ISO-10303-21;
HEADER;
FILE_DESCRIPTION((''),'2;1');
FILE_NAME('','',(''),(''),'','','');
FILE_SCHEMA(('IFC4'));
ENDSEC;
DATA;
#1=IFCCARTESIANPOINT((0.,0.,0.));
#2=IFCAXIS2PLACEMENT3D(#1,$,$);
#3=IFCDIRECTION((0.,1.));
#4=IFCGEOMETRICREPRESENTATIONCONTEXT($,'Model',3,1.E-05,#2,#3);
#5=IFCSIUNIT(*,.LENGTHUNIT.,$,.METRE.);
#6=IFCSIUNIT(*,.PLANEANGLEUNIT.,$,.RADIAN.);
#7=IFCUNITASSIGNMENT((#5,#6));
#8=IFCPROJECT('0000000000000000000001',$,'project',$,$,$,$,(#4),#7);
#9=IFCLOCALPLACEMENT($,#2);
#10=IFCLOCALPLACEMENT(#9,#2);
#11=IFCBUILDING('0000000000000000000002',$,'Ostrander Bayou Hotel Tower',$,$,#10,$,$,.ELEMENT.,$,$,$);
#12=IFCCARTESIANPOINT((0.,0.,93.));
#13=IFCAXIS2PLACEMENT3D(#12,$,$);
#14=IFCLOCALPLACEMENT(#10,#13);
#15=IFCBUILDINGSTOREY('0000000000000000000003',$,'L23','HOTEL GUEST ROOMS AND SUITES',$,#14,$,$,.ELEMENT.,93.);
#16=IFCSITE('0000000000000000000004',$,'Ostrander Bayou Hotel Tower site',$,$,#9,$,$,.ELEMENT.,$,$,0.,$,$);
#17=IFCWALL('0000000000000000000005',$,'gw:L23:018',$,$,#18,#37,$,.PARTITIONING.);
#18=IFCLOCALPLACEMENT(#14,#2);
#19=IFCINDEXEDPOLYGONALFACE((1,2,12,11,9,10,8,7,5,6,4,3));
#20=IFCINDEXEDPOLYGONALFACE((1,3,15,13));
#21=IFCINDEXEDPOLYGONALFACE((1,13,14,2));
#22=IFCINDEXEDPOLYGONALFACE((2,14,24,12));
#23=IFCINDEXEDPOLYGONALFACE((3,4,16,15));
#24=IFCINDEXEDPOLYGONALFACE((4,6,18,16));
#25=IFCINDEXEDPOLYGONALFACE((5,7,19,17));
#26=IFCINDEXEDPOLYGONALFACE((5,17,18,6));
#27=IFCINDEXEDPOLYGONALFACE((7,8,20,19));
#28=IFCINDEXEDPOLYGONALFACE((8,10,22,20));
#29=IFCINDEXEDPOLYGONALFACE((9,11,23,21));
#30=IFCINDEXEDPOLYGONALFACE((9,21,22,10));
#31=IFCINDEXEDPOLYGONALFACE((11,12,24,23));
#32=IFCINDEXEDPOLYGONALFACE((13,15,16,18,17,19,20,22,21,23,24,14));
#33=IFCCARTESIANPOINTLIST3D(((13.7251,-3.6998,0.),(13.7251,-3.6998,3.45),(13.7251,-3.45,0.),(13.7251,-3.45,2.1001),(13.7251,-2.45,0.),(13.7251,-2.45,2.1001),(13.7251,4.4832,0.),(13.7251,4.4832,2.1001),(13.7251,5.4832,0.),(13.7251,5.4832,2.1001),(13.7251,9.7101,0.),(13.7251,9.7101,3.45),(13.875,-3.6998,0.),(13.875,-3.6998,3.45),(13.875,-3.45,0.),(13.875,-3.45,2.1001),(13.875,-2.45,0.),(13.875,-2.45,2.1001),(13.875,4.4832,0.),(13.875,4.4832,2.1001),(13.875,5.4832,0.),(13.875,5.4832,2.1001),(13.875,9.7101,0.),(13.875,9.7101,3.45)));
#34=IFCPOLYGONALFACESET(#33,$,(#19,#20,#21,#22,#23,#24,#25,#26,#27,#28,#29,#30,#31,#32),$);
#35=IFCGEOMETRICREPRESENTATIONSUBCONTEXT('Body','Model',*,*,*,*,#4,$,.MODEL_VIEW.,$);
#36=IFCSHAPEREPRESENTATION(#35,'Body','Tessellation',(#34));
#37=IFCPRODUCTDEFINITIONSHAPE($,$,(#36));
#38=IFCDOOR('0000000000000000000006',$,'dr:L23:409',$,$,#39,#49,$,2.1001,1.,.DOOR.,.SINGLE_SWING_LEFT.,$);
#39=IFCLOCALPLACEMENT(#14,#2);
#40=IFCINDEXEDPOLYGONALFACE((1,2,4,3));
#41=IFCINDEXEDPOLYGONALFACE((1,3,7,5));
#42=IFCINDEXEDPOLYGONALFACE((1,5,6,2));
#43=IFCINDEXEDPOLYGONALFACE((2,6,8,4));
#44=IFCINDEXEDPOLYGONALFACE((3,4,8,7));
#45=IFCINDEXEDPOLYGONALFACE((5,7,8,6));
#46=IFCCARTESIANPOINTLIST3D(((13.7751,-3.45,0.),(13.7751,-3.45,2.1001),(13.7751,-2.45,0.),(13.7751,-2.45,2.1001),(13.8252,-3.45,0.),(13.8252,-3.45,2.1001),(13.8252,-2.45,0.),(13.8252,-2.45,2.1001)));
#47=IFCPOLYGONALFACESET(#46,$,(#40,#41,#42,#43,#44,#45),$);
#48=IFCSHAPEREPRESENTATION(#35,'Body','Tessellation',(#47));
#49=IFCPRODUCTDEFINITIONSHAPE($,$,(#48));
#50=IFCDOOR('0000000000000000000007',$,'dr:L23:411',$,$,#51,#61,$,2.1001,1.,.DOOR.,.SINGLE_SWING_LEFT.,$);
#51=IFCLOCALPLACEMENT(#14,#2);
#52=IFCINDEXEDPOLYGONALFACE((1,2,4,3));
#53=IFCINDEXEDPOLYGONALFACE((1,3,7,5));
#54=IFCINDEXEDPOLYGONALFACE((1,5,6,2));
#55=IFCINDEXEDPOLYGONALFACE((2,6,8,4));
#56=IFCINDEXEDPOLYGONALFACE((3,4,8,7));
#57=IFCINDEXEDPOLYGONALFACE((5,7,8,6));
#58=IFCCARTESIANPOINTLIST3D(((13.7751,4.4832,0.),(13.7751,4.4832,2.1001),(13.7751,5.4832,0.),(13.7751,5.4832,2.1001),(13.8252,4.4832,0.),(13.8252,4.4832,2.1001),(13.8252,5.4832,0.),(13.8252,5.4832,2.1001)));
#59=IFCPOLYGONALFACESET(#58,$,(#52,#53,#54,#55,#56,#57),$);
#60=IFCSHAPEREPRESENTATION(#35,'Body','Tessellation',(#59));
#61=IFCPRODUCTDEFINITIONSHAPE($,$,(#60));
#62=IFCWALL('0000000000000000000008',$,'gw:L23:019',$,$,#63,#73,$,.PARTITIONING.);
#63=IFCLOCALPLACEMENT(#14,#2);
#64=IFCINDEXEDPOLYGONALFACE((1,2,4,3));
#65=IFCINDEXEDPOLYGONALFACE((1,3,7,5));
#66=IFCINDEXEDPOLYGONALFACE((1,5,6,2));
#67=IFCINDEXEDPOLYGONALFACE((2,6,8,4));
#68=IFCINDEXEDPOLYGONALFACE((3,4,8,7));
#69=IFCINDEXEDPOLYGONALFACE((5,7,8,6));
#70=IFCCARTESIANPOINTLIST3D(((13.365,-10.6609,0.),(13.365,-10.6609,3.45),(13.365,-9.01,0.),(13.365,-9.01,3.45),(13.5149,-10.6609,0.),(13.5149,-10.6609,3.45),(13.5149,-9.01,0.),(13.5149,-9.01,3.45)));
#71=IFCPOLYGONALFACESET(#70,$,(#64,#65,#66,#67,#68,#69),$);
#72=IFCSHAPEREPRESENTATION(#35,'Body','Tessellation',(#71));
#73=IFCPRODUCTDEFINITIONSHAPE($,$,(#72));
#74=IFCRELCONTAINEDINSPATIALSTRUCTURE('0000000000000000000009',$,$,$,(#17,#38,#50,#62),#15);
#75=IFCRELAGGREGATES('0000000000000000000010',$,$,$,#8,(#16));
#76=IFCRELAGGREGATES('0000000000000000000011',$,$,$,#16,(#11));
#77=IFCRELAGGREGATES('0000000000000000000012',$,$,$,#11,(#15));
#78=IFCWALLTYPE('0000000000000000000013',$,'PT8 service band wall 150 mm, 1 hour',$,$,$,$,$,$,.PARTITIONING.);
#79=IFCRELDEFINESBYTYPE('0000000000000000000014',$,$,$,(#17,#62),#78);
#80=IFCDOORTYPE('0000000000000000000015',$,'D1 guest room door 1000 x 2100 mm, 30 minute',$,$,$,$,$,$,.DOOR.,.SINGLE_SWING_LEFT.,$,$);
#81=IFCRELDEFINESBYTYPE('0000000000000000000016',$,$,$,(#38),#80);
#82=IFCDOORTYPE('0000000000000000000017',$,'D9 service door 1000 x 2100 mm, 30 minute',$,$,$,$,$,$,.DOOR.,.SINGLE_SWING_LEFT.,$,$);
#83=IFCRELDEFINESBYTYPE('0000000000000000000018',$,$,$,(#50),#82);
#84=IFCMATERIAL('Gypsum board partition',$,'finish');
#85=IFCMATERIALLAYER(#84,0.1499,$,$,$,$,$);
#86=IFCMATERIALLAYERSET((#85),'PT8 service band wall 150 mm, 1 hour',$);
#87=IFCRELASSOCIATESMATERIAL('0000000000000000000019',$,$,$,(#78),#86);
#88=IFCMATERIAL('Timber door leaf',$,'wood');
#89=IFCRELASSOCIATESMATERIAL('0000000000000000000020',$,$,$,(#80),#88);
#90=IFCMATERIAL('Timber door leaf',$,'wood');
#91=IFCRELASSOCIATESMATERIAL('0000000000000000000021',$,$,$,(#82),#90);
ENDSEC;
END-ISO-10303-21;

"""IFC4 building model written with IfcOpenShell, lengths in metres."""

from ifc_helpers import new_model, si_unit, direction, frame, frame_2d, origin, place, context, subcontext, project, spatial, rectangle, extrude, material, layer, layer_set, type_object, element, fill, save


model = new_model("IFC4")

# Units and contexts
model_context = context("Model", 3, precision=1e-05, world=origin(), true_north=direction((0.0, 1.0)))
body_context = subcontext(model_context, "Body", "Model", "MODEL_VIEW")
ifc_project = project(units=[si_unit("LENGTHUNIT", "METRE"), si_unit("PLANEANGLEUNIT", "RADIAN")], contexts=[model_context])

# Site, building, storey
site_placement = place(None, origin())
site = spatial("IfcSite", under=ifc_project, at=site_placement, Name="Ostrander Bayou Hotel Tower site", CompositionType="ELEMENT", RefElevation=0.0)
building_placement = place(site_placement, origin())
building = spatial("IfcBuilding", under=site, at=building_placement, Name="Ostrander Bayou Hotel Tower", CompositionType="ELEMENT")
storey_placement = place(building_placement, frame((0.0, 0.0, 93.0)))
storey = spatial("IfcBuildingStorey", under=building, at=storey_placement, Name="L23", Description="HOTEL GUEST ROOMS AND SUITES", CompositionType="ELEMENT", Elevation=93.0)

# Shared definitions
ifc_material_1 = material(Name="Gypsum board partition", Category="finish")
ifc_layer_1 = layer(ifc_material_1, 0.1499)
ifc_layer_set_1 = layer_set([ifc_layer_1], Name="PT8 service band wall 150 mm, 1 hour")
wall_type_1 = type_object("IfcWallType", Name="PT8 service band wall 150 mm, 1 hour", PredefinedType="PARTITIONING", material=ifc_layer_set_1)

# Wall, openings, doors
wall_1_placement = place(storey_placement, frame((13.8, -3.7, 0.0), z_axis=(0.0, 0.0, 1.0), x_axis=(0.0, 1.0, 0.0)))
wall_1 = element("IfcWall", 1, at=wall_1_placement, inside=storey, type_object=wall_type_1, Name="gw:L23:018", PredefinedType="PARTITIONING", context=body_context, shape_type="SweptSolid", body=[
    extrude(rectangle(XDim=13.4099, YDim=0.1499, at=frame_2d((6.7051, 0.0))), origin(), (0.0, 0.0, 1.0), 3.45),
])
opening_1_placement = place(wall_1_placement, frame((0.25, 0.0, 0.0)))
opening_1 = element("IfcOpeningElement", 2, at=opening_1_placement, cuts=wall_1, PredefinedType="OPENING", context=body_context, shape_type="SweptSolid", body=[
    extrude(rectangle(XDim=1.0, YDim=2.1001, at=frame_2d((0.5, 1.05))), frame((0.0, 0.075, 0.0), z_axis=(0.0, -1.0, 0.0), x_axis=(1.0, 0.0, 0.0)), (0.0, 0.0, 1.0), 0.1499),
])
opening_2_placement = place(wall_1_placement, frame((8.1831, 0.0, 0.0)))
opening_2 = element("IfcOpeningElement", 3, at=opening_2_placement, cuts=wall_1, PredefinedType="OPENING", context=body_context, shape_type="SweptSolid", body=[
    extrude(rectangle(XDim=1.0, YDim=2.1001, at=frame_2d((0.5, 1.05))), frame((0.0, 0.075, 0.0), z_axis=(0.0, -1.0, 0.0), x_axis=(1.0, 0.0, 0.0)), (0.0, 0.0, 1.0), 0.1499),
])
ifc_material_2 = material(Name="Timber door leaf", Category="wood")
door_type_1 = type_object("IfcDoorType", Name="D1 guest room door 1000 x 2100 mm, 30 minute", OperationType="SINGLE_SWING_LEFT", PredefinedType="DOOR", material=ifc_material_2)
door_1_placement = place(opening_1_placement, origin())
door_1 = element("IfcDoor", 4, at=door_1_placement, inside=storey, type_object=door_type_1, Name="dr:L23:409", OperationType="SINGLE_SWING_LEFT", OverallHeight=2.1001, OverallWidth=1.0, PredefinedType="DOOR", context=body_context, shape_type="SweptSolid", body=[
    extrude(rectangle(XDim=1.0, YDim=2.1001, at=frame_2d((0.5, 1.05))), frame((0.0, 0.0249, 0.0), z_axis=(0.0, -1.0, 0.0), x_axis=(1.0, 0.0, 0.0)), (0.0, 0.0, 1.0), 0.05),
])
fill(opening_1, door_1)
ifc_material_3 = material(Name="Timber door leaf", Category="wood")
door_type_2 = type_object("IfcDoorType", Name="D9 service door 1000 x 2100 mm, 30 minute", OperationType="SINGLE_SWING_LEFT", PredefinedType="DOOR", material=ifc_material_3)
door_2_placement = place(opening_2_placement, origin())
door_2 = element("IfcDoor", 5, at=door_2_placement, inside=storey, type_object=door_type_2, Name="dr:L23:411", OperationType="SINGLE_SWING_LEFT", OverallHeight=2.1001, OverallWidth=1.0, PredefinedType="DOOR", context=body_context, shape_type="SweptSolid", body=[
    extrude(rectangle(XDim=1.0, YDim=2.1001, at=frame_2d((0.5, 1.05))), frame((0.0, 0.0249, 0.0), z_axis=(0.0, -1.0, 0.0), x_axis=(1.0, 0.0, 0.0)), (0.0, 0.0, 1.0), 0.05),
])
fill(opening_2, door_2)

# Wall
wall_2_placement = place(storey_placement, frame((13.4399, -10.6609, 0.0), z_axis=(0.0, 0.0, 1.0), x_axis=(0.0, 1.0, 0.0)))
element("IfcWall", 6, at=wall_2_placement, inside=storey, type_object=wall_type_1, Name="gw:L23:019", PredefinedType="PARTITIONING", context=body_context, shape_type="SweptSolid", body=[
    extrude(rectangle(XDim=1.6509, YDim=0.1499, at=frame_2d((0.8254, 0.0))), origin(), (0.0, 0.0, 1.0), 3.45),
])

save(model, "model.ifc")
